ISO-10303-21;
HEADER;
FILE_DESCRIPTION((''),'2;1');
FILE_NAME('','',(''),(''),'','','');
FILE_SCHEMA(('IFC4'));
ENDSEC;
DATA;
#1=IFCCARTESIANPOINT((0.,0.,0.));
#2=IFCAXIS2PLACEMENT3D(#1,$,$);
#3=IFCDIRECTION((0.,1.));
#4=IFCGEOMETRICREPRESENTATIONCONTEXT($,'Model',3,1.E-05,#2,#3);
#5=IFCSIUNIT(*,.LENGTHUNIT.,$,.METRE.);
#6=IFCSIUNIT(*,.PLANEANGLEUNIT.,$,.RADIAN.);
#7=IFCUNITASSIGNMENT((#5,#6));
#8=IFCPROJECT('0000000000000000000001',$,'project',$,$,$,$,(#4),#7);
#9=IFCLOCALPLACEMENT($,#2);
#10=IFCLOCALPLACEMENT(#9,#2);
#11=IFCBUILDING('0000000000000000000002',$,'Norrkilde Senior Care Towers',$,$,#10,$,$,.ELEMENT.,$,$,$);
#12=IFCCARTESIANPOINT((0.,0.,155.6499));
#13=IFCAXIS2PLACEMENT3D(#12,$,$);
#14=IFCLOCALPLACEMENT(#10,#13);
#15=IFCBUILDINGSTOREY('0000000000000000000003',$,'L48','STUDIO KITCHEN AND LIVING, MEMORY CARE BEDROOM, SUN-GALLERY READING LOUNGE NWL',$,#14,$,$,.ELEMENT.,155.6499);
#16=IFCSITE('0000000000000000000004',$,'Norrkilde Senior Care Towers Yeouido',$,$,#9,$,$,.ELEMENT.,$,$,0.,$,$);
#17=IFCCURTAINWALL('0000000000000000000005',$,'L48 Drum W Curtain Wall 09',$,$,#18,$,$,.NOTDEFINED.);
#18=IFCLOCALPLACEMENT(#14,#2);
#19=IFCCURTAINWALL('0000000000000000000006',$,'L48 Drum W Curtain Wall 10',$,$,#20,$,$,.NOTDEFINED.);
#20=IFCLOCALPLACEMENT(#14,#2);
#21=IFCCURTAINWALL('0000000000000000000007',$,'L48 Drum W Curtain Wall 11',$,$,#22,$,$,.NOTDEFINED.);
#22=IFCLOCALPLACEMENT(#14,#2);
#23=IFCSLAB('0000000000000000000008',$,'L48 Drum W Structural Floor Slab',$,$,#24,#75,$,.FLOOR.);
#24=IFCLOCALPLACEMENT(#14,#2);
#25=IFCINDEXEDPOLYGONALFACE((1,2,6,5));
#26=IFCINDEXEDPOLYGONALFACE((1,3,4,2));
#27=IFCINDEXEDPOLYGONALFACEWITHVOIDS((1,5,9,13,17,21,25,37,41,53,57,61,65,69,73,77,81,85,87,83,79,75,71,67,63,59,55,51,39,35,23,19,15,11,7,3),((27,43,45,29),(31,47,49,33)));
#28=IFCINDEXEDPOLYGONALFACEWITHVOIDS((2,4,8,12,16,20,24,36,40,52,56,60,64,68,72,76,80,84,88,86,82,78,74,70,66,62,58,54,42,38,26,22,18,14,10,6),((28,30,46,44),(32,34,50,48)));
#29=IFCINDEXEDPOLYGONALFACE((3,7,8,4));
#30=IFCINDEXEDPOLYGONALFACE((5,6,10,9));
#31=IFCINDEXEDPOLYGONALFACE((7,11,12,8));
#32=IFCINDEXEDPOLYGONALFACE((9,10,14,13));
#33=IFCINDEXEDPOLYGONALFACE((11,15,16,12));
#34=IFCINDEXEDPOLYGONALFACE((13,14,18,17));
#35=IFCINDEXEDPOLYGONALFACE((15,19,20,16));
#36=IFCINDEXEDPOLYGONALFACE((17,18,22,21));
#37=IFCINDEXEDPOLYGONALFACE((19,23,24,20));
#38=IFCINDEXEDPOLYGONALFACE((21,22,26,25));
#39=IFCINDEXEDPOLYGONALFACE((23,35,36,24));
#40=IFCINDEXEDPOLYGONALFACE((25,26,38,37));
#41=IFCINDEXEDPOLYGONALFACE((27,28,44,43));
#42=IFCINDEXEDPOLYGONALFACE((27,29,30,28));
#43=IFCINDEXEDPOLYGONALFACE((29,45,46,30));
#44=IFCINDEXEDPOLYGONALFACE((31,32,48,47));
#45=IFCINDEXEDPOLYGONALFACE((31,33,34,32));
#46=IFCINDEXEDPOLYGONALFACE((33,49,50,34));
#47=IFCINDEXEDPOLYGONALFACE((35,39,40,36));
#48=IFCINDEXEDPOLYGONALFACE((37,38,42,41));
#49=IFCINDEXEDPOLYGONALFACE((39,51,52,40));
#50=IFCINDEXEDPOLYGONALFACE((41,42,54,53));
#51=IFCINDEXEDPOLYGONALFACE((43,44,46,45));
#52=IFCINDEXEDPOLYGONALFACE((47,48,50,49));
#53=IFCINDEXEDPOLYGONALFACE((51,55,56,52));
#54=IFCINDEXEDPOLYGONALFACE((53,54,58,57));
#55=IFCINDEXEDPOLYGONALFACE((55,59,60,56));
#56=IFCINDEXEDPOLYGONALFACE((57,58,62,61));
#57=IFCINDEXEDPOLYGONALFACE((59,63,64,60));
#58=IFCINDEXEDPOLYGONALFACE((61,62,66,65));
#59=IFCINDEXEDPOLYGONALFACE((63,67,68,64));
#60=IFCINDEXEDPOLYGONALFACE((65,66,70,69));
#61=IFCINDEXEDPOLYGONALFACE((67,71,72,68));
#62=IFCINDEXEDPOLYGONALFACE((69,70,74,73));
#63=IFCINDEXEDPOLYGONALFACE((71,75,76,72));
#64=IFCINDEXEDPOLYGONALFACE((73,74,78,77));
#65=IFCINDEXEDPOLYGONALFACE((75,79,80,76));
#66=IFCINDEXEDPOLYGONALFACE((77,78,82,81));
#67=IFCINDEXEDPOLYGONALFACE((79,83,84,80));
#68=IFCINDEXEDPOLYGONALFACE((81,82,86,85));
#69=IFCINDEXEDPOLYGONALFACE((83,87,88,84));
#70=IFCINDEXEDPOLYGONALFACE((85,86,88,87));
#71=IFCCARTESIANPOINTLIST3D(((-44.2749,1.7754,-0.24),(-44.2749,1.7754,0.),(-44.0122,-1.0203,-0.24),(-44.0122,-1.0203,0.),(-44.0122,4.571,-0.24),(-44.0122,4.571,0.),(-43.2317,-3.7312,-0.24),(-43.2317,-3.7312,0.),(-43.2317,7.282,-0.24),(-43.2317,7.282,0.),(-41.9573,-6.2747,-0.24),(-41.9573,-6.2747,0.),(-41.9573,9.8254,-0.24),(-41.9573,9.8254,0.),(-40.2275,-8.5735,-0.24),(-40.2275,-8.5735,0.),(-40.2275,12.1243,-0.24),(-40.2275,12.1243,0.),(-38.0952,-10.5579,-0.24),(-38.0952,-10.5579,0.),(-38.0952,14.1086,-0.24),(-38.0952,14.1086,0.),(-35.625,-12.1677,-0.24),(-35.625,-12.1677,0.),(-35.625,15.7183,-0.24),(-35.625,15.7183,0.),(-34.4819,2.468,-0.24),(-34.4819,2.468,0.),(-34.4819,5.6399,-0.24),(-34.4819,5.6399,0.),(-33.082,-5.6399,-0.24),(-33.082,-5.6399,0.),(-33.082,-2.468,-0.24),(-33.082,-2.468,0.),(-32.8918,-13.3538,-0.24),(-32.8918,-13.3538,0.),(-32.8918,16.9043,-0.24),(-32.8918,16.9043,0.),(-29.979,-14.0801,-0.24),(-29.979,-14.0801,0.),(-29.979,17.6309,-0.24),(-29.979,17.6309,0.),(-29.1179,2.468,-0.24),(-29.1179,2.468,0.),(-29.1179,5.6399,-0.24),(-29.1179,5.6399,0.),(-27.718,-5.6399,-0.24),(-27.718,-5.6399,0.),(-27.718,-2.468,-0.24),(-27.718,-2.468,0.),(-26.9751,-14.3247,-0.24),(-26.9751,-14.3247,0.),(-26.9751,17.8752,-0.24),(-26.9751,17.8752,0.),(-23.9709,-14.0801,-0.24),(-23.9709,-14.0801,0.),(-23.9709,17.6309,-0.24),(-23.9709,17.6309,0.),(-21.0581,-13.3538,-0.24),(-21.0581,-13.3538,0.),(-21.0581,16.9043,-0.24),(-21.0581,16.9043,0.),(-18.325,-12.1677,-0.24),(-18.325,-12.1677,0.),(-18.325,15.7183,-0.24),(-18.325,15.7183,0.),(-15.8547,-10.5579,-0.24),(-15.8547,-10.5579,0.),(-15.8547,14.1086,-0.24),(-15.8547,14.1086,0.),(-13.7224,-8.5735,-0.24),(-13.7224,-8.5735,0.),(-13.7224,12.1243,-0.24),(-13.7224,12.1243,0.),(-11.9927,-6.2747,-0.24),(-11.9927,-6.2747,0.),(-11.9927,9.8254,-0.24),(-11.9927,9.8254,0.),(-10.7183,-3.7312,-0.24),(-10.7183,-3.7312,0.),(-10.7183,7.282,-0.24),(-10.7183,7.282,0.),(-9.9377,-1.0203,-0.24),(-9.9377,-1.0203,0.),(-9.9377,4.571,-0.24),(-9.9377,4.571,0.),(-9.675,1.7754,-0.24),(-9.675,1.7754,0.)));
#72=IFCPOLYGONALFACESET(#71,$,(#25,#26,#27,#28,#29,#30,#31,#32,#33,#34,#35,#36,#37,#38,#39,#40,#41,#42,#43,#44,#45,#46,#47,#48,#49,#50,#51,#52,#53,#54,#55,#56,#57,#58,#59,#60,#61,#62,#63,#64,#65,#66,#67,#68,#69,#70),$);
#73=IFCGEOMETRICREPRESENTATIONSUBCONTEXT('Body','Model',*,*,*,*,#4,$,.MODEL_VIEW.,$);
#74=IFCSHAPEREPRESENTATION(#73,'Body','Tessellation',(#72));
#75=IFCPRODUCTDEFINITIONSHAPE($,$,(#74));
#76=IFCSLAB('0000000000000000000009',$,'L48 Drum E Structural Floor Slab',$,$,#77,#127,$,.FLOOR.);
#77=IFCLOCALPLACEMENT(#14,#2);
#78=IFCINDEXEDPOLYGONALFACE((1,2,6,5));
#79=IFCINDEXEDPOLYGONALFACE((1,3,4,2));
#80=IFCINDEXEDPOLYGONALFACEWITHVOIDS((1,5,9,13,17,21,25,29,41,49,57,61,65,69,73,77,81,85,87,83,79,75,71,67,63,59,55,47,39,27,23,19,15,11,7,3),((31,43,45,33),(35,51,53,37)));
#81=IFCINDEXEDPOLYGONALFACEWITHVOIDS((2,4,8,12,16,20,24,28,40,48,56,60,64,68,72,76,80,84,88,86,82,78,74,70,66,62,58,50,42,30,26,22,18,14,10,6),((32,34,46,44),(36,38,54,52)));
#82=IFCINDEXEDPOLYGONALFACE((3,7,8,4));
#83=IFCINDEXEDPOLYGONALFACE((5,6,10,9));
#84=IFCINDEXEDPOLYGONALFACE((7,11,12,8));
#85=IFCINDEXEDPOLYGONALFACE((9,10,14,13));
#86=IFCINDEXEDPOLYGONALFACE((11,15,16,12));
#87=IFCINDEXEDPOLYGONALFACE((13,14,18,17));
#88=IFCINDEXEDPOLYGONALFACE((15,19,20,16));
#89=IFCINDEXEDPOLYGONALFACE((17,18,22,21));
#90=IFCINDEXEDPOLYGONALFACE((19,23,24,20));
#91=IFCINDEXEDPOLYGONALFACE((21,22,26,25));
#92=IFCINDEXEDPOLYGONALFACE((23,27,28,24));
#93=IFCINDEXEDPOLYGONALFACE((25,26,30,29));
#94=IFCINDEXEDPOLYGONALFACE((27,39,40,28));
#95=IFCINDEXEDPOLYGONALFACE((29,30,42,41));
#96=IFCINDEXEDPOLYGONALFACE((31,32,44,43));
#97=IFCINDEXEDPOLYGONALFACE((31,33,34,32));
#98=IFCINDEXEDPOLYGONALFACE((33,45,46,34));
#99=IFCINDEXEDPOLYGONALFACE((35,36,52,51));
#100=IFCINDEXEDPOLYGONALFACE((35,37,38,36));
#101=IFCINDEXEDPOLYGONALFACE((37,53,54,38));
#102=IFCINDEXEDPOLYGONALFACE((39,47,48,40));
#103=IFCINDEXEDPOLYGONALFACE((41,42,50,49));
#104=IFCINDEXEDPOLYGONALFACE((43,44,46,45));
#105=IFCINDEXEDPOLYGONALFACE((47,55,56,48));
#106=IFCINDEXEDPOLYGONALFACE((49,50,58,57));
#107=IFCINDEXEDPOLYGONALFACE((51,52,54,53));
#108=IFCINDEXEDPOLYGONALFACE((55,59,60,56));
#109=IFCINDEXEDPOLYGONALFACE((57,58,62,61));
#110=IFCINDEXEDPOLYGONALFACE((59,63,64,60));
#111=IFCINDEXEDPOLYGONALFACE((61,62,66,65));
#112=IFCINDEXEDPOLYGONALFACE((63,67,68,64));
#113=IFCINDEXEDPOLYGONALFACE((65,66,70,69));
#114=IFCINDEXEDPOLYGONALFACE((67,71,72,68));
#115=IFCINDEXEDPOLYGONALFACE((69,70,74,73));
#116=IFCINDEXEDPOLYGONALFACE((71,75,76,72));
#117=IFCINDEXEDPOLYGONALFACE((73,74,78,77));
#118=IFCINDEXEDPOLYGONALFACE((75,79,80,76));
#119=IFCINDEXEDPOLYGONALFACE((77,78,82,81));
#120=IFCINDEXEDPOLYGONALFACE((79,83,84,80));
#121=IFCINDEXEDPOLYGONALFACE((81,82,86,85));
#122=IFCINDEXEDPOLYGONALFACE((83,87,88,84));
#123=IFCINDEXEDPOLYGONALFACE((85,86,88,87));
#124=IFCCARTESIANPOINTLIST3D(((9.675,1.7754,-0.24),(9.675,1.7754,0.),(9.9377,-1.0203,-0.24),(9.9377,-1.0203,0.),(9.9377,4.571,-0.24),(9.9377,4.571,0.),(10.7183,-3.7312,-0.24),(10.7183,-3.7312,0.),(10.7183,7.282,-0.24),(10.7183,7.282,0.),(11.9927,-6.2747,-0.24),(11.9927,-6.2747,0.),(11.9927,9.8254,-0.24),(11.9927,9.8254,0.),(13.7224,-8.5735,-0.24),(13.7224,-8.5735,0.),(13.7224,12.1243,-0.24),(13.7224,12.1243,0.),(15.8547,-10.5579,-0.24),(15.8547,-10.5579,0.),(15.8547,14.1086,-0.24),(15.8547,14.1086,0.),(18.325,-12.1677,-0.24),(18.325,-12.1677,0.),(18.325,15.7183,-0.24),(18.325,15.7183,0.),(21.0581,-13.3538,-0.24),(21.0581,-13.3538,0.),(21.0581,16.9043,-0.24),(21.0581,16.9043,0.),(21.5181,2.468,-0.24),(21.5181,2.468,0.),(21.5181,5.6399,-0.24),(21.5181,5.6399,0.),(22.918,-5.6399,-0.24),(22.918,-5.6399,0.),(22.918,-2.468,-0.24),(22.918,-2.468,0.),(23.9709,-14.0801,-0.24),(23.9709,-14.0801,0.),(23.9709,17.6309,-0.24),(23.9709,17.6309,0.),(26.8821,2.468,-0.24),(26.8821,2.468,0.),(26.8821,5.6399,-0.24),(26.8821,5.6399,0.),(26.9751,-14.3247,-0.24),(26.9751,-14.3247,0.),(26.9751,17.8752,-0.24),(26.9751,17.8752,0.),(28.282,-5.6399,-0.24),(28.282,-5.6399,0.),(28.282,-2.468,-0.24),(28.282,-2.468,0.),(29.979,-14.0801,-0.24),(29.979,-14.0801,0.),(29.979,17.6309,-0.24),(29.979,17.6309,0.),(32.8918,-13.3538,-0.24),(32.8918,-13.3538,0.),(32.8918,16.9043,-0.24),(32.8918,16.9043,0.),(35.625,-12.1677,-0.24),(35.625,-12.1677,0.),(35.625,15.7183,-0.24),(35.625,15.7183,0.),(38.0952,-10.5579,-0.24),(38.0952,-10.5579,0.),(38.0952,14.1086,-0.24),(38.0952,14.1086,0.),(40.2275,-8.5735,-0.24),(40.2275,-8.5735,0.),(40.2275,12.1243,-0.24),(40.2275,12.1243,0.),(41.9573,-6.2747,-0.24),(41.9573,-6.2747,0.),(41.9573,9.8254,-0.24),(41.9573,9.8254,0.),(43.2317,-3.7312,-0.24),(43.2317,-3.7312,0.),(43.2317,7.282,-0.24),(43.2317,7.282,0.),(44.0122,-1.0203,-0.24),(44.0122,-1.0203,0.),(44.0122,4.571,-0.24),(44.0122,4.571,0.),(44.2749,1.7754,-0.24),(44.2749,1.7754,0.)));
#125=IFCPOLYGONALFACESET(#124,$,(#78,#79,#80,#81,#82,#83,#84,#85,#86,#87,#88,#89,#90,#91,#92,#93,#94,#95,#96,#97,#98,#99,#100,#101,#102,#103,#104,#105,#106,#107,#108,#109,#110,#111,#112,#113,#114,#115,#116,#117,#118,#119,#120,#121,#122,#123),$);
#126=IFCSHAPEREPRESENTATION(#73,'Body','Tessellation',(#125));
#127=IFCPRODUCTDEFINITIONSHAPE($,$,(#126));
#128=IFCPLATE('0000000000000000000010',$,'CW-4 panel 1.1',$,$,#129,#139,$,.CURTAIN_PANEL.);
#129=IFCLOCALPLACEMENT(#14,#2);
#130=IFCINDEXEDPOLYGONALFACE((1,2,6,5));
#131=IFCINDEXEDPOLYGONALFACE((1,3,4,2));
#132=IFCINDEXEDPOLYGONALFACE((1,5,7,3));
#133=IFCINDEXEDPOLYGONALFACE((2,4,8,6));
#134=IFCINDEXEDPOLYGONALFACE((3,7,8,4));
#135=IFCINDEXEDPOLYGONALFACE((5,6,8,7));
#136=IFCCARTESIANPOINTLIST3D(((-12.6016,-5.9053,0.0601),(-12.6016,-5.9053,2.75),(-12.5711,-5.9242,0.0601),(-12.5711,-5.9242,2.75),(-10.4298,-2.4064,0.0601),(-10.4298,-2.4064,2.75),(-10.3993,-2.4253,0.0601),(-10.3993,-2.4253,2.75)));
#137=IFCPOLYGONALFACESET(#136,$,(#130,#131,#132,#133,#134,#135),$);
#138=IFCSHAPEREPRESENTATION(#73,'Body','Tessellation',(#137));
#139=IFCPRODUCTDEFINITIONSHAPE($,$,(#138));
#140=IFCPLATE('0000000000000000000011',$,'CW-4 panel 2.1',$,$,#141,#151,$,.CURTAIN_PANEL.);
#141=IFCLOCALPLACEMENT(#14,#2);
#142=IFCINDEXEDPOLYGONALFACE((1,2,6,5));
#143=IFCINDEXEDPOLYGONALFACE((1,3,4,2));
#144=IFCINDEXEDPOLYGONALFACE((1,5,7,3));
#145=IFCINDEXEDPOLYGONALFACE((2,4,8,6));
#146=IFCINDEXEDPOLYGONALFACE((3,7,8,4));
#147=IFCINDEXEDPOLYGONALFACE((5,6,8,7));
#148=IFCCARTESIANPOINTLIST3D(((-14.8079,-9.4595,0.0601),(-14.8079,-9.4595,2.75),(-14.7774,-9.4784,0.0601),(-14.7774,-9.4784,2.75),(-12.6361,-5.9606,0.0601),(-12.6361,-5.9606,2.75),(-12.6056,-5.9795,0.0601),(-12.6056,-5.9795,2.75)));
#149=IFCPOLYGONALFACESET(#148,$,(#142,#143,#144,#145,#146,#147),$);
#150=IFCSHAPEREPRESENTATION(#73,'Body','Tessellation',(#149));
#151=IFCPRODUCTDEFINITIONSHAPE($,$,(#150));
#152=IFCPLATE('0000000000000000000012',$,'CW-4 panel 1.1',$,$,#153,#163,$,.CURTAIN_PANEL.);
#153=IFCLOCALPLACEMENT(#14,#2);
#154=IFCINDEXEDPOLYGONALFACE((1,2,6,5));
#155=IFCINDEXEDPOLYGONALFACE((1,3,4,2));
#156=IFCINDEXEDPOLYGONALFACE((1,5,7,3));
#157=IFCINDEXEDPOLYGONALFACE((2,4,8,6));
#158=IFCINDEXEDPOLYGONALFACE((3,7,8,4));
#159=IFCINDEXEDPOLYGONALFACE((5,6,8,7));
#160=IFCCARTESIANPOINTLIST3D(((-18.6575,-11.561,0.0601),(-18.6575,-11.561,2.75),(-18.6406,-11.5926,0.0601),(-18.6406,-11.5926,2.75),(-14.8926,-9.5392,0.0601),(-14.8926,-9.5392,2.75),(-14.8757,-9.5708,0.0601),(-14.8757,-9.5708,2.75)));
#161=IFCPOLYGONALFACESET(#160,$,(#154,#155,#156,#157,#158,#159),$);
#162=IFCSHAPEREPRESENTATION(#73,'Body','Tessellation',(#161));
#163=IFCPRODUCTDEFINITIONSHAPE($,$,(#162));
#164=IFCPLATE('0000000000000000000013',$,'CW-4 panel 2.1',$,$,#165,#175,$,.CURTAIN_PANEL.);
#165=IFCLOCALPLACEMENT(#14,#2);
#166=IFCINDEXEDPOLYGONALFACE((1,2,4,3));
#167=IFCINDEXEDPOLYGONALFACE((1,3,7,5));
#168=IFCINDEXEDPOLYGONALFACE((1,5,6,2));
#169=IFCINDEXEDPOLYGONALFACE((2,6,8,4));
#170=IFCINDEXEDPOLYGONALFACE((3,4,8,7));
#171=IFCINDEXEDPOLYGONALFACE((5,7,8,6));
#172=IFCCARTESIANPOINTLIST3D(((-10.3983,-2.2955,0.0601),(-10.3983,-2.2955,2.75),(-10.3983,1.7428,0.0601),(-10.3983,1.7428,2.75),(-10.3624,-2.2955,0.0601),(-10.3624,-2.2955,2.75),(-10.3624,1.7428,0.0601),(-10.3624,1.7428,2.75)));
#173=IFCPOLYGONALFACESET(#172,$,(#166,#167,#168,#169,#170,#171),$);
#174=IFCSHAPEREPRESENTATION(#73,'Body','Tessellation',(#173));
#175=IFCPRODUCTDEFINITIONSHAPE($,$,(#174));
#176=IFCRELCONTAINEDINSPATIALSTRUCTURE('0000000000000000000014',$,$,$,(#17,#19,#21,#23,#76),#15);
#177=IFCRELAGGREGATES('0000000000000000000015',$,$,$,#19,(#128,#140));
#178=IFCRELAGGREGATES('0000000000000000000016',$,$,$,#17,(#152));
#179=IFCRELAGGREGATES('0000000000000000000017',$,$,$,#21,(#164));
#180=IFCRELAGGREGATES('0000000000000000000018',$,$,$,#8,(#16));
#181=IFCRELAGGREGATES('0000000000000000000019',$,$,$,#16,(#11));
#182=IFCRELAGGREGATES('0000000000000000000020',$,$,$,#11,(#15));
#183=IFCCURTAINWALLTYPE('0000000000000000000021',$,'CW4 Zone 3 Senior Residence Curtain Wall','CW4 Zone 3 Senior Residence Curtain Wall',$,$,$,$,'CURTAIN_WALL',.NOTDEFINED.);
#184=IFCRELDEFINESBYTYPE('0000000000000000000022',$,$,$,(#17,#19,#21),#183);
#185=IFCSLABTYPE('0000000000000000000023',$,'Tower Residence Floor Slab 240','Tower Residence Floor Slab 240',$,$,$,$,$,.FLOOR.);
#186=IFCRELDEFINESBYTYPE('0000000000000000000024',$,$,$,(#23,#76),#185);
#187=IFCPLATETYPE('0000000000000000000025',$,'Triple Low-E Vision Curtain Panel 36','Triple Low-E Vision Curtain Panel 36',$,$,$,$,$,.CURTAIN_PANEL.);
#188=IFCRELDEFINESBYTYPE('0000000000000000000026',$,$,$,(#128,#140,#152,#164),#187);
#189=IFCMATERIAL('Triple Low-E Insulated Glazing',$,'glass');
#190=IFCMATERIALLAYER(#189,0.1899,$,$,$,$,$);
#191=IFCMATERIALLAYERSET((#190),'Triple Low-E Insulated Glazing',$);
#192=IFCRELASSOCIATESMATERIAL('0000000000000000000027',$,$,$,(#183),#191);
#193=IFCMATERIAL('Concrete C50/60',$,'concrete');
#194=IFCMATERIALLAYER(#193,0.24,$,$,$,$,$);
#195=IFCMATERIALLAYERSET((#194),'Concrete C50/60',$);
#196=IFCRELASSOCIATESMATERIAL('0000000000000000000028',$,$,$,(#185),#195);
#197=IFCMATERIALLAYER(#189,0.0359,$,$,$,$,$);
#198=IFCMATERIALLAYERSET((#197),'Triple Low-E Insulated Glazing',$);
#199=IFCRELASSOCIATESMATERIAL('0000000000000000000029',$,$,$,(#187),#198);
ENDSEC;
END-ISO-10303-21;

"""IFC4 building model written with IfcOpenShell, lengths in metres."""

from ifc_helpers import new_model, si_unit, direction, frame, origin, origin_2d, place, context, subcontext, project, spatial, polyline, rectangle, outline, extrude, source, transform, mapped, material, layer, layer_set, type_object, type_shapes, element, aggregate, save


model = new_model("IFC4")

# Units and contexts
model_context = context("Model", 3, precision=1e-05, world=origin(), true_north=direction((0.0, 1.0)))
body_context = subcontext(model_context, "Body", "Model", "MODEL_VIEW")
ifc_project = project(units=[si_unit("LENGTHUNIT", "METRE"), si_unit("PLANEANGLEUNIT", "RADIAN")], contexts=[model_context])

# Site, building, storey
site_placement = place(None, origin())
site = spatial("IfcSite", under=ifc_project, at=site_placement, Name="Norrkilde Senior Care Towers Yeouido", CompositionType="ELEMENT", RefElevation=0.0)
building_placement = place(site_placement, origin())
building = spatial("IfcBuilding", under=site, at=building_placement, Name="Norrkilde Senior Care Towers", CompositionType="ELEMENT")
storey_placement = place(building_placement, frame((0.0, 0.0, 155.6499)))
storey = spatial("IfcBuildingStorey", under=building, at=storey_placement, Name="L48", Description="STUDIO KITCHEN AND LIVING, MEMORY CARE BEDROOM, SUN-GALLERY READING LOUNGE NWL", CompositionType="ELEMENT", Elevation=155.6499)

# Shared definitions
ifc_material_1 = material(Name="Concrete C50/60", Category="concrete")

# Curtain walls
ifc_material_2 = material(Name="Triple Low-E Insulated Glazing", Category="glass")
ifc_layer_1 = layer(ifc_material_2, 0.1899)
ifc_layer_set_1 = layer_set([ifc_layer_1], Name="Triple Low-E Insulated Glazing")
curtain_wall_type = type_object("IfcCurtainWallType", Name="CW4 Zone 3 Senior Residence Curtain Wall", Description="CW4 Zone 3 Senior Residence Curtain Wall", ElementType="CURTAIN_WALL", PredefinedType="NOTDEFINED", material=ifc_layer_set_1)
curtain_wall_1_placement = place(storey_placement, origin())
curtain_wall_1 = element("IfcCurtainWall", 1, at=curtain_wall_1_placement, inside=storey, type_object=curtain_wall_type, Name="L48 Drum W Curtain Wall 09", PredefinedType="NOTDEFINED")
curtain_wall_2_placement = place(storey_placement, origin())
curtain_wall_2 = element("IfcCurtainWall", 2, at=curtain_wall_2_placement, inside=storey, type_object=curtain_wall_type, Name="L48 Drum W Curtain Wall 10", PredefinedType="NOTDEFINED")

# Curtain wall
curtain_wall_3_placement = place(storey_placement, origin())
curtain_wall_3 = element("IfcCurtainWall", 3, at=curtain_wall_3_placement, inside=storey, type_object=curtain_wall_type, Name="L48 Drum W Curtain Wall 11", PredefinedType="NOTDEFINED")

# Slabs
ifc_layer_2 = layer(ifc_material_1, 0.24)
ifc_layer_set_2 = layer_set([ifc_layer_2], Name="Concrete C50/60")
slab_type_1 = type_object("IfcSlabType", Name="Tower Residence Floor Slab 240", Description="Tower Residence Floor Slab 240", PredefinedType="FLOOR", material=ifc_layer_set_2)
slab_1_placement = place(storey_placement, frame((0.0, 0.0, -0.24)))
element("IfcSlab", 4, at=slab_1_placement, inside=storey, type_object=slab_type_1, Name="L48 Drum W Structural Floor Slab", PredefinedType="FLOOR", context=body_context, shape_type="SweptSolid", body=[
    extrude(outline(polyline([(-10.7183, -3.7312), (-11.9927, -6.2747), (-13.7224, -8.5735), (-15.8547, -10.5579), (-18.325, -12.1677), (-21.0581, -13.3538), (-23.9709, -14.0801), (-26.9751, -14.3247), (-29.979, -14.0801), (-32.8918, -13.3538), (-35.625, -12.1677), (-38.0952, -10.5579), (-40.2275, -8.5735), (-41.9573, -6.2747), (-43.2317, -3.7312), (-44.0122, -1.0203), (-44.2749, 1.7754), (-44.0122, 4.571), (-43.2317, 7.282), (-41.9573, 9.8254), (-40.2275, 12.1243), (-38.0952, 14.1086), (-35.625, 15.7183), (-32.8918, 16.9043), (-29.979, 17.6309), (-26.9751, 17.8752), (-23.9709, 17.6309), (-21.0581, 16.9043), (-18.325, 15.7183), (-15.8547, 14.1086), (-13.7224, 12.1243), (-11.9927, 9.8254), (-10.7183, 7.282), (-9.9377, 4.571), (-9.675, 1.7754), (-9.9377, -1.0203), (-10.7183, -3.7312)]), holes=[polyline([(-34.4819, 2.468), (-29.1179, 2.468), (-29.1179, 5.6399), (-34.4819, 5.6399), (-34.4819, 2.468)]), polyline([(-27.718, -5.6399), (-27.718, -2.468), (-33.082, -2.468), (-33.082, -5.6399), (-27.718, -5.6399)])]), origin(), (0.0, 0.0, 1.0), 0.24),
])
slab_2_placement = place(storey_placement, frame((0.0, 0.0, -0.24)))
element("IfcSlab", 5, at=slab_2_placement, inside=storey, type_object=slab_type_1, Name="L48 Drum E Structural Floor Slab", PredefinedType="FLOOR", context=body_context, shape_type="SweptSolid", body=[
    extrude(outline(polyline([(43.2317, -3.7312), (41.9573, -6.2747), (40.2275, -8.5735), (38.0952, -10.5579), (35.625, -12.1677), (32.8918, -13.3538), (29.979, -14.0801), (26.9751, -14.3247), (23.9709, -14.0801), (21.0581, -13.3538), (18.325, -12.1677), (15.8547, -10.5579), (13.7224, -8.5735), (11.9927, -6.2747), (10.7183, -3.7312), (9.9377, -1.0203), (9.675, 1.7754), (9.9377, 4.571), (10.7183, 7.282), (11.9927, 9.8254), (13.7224, 12.1243), (15.8547, 14.1086), (18.325, 15.7183), (21.0581, 16.9043), (23.9709, 17.6309), (26.9751, 17.8752), (29.979, 17.6309), (32.8918, 16.9043), (35.625, 15.7183), (38.0952, 14.1086), (40.2275, 12.1243), (41.9573, 9.8254), (43.2317, 7.282), (44.0122, 4.571), (44.2749, 1.7754), (44.0122, -1.0203), (43.2317, -3.7312)]), holes=[polyline([(21.5181, 2.468), (26.8821, 2.468), (26.8821, 5.6399), (21.5181, 5.6399), (21.5181, 2.468)]), polyline([(28.282, -5.6399), (28.282, -2.468), (22.918, -2.468), (22.918, -5.6399), (28.282, -5.6399)])]), origin(), (0.0, 0.0, 1.0), 0.24),
])

# Plates
ifc_layer_3 = layer(ifc_material_2, 0.0359)
ifc_layer_set_3 = layer_set([ifc_layer_3], Name="Triple Low-E Insulated Glazing")
plate_type = type_object("IfcPlateType", Name="Triple Low-E Vision Curtain Panel 36", Description="Triple Low-E Vision Curtain Panel 36", PredefinedType="CURTAIN_PANEL", material=ifc_layer_set_3)
shared_shape_1 = source(origin(), body_context, "Body", "SweptSolid", [
    extrude(rectangle(XDim=4.1182, YDim=0.0359, at=origin_2d()), origin(), (0.0, 0.0, 1.0), 2.6899),
])
plate_1_placement = place(storey_placement, frame((-11.5005, -4.1653, 0.0601), z_axis=(0.0, 0.0, 1.0), x_axis=(-0.527373, -0.849634, 0.0)))
plate_1 = element("IfcPlate", 6, at=plate_1_placement, type_object=plate_type, Name="CW-4 panel 1.1", PredefinedType="CURTAIN_PANEL", context=body_context, shape_type="MappedRepresentation", body=[
    mapped(shared_shape_1, transform((0.0, 0.0, 0.0), x_axis=(1.0, 0.0, 0.0), y_axis=(0.0, 1.0, 0.0), z_axis=(0.0, 0.0, 1.0), scale=1.0)),
])
plate_2_placement = place(storey_placement, frame((-13.7068, -7.7195, 0.0601), z_axis=(0.0, 0.0, 1.0), x_axis=(-0.527373, -0.849634, 0.0)))
plate_2 = element("IfcPlate", 7, at=plate_2_placement, type_object=plate_type, Name="CW-4 panel 2.1", PredefinedType="CURTAIN_PANEL", context=body_context, shape_type="MappedRepresentation", body=[
    mapped(shared_shape_1, transform((0.0, 0.0, 0.0), x_axis=(1.0, 0.0, 0.0), y_axis=(0.0, 1.0, 0.0), z_axis=(0.0, 0.0, 1.0), scale=1.0)),
])
aggregate(curtain_wall_2, [plate_1, plate_2])
shared_shape_2 = source(origin(), body_context, "Body", "SweptSolid", [
    extrude(rectangle(XDim=4.2734, YDim=0.0359, at=origin_2d()), origin(), (0.0, 0.0, 1.0), 2.6899),
])
plate_3_placement = place(storey_placement, frame((-16.7666, -10.5659, 0.0601), z_axis=(0.0, 0.0, 1.0), x_axis=(-0.881, -0.473117, 0.0)))
plate_3 = element("IfcPlate", 8, at=plate_3_placement, type_object=plate_type, Name="CW-4 panel 1.1", PredefinedType="CURTAIN_PANEL", context=body_context, shape_type="MappedRepresentation", body=[
    mapped(shared_shape_2, transform((0.0, 0.0, 0.0), x_axis=(1.0, 0.0, 0.0), y_axis=(0.0, 1.0, 0.0), z_axis=(0.0, 0.0, 1.0), scale=1.0)),
])
aggregate(curtain_wall_1, [plate_3])
shared_shape_3 = source(origin(), body_context, "Body", "SweptSolid", [
    extrude(rectangle(XDim=4.0383, YDim=0.0359, at=origin_2d()), origin(), (0.0, 0.0, 1.0), 2.6899),
])
type_shapes(plate_type, [shared_shape_1, shared_shape_2, shared_shape_3])
plate_4_placement = place(storey_placement, frame((-10.3804, -0.2764, 0.0601), z_axis=(0.0, 0.0, 1.0), x_axis=(0.0, -1.0, 0.0)))
plate_4 = element("IfcPlate", 9, at=plate_4_placement, type_object=plate_type, Name="CW-4 panel 2.1", PredefinedType="CURTAIN_PANEL", context=body_context, shape_type="MappedRepresentation", body=[
    mapped(shared_shape_3, transform((0.0, 0.0, 0.0), x_axis=(1.0, 0.0, 0.0), y_axis=(0.0, 1.0, 0.0), z_axis=(0.0, 0.0, 1.0), scale=1.0)),
])
aggregate(curtain_wall_3, [plate_4])

save(model, "model.ifc")
